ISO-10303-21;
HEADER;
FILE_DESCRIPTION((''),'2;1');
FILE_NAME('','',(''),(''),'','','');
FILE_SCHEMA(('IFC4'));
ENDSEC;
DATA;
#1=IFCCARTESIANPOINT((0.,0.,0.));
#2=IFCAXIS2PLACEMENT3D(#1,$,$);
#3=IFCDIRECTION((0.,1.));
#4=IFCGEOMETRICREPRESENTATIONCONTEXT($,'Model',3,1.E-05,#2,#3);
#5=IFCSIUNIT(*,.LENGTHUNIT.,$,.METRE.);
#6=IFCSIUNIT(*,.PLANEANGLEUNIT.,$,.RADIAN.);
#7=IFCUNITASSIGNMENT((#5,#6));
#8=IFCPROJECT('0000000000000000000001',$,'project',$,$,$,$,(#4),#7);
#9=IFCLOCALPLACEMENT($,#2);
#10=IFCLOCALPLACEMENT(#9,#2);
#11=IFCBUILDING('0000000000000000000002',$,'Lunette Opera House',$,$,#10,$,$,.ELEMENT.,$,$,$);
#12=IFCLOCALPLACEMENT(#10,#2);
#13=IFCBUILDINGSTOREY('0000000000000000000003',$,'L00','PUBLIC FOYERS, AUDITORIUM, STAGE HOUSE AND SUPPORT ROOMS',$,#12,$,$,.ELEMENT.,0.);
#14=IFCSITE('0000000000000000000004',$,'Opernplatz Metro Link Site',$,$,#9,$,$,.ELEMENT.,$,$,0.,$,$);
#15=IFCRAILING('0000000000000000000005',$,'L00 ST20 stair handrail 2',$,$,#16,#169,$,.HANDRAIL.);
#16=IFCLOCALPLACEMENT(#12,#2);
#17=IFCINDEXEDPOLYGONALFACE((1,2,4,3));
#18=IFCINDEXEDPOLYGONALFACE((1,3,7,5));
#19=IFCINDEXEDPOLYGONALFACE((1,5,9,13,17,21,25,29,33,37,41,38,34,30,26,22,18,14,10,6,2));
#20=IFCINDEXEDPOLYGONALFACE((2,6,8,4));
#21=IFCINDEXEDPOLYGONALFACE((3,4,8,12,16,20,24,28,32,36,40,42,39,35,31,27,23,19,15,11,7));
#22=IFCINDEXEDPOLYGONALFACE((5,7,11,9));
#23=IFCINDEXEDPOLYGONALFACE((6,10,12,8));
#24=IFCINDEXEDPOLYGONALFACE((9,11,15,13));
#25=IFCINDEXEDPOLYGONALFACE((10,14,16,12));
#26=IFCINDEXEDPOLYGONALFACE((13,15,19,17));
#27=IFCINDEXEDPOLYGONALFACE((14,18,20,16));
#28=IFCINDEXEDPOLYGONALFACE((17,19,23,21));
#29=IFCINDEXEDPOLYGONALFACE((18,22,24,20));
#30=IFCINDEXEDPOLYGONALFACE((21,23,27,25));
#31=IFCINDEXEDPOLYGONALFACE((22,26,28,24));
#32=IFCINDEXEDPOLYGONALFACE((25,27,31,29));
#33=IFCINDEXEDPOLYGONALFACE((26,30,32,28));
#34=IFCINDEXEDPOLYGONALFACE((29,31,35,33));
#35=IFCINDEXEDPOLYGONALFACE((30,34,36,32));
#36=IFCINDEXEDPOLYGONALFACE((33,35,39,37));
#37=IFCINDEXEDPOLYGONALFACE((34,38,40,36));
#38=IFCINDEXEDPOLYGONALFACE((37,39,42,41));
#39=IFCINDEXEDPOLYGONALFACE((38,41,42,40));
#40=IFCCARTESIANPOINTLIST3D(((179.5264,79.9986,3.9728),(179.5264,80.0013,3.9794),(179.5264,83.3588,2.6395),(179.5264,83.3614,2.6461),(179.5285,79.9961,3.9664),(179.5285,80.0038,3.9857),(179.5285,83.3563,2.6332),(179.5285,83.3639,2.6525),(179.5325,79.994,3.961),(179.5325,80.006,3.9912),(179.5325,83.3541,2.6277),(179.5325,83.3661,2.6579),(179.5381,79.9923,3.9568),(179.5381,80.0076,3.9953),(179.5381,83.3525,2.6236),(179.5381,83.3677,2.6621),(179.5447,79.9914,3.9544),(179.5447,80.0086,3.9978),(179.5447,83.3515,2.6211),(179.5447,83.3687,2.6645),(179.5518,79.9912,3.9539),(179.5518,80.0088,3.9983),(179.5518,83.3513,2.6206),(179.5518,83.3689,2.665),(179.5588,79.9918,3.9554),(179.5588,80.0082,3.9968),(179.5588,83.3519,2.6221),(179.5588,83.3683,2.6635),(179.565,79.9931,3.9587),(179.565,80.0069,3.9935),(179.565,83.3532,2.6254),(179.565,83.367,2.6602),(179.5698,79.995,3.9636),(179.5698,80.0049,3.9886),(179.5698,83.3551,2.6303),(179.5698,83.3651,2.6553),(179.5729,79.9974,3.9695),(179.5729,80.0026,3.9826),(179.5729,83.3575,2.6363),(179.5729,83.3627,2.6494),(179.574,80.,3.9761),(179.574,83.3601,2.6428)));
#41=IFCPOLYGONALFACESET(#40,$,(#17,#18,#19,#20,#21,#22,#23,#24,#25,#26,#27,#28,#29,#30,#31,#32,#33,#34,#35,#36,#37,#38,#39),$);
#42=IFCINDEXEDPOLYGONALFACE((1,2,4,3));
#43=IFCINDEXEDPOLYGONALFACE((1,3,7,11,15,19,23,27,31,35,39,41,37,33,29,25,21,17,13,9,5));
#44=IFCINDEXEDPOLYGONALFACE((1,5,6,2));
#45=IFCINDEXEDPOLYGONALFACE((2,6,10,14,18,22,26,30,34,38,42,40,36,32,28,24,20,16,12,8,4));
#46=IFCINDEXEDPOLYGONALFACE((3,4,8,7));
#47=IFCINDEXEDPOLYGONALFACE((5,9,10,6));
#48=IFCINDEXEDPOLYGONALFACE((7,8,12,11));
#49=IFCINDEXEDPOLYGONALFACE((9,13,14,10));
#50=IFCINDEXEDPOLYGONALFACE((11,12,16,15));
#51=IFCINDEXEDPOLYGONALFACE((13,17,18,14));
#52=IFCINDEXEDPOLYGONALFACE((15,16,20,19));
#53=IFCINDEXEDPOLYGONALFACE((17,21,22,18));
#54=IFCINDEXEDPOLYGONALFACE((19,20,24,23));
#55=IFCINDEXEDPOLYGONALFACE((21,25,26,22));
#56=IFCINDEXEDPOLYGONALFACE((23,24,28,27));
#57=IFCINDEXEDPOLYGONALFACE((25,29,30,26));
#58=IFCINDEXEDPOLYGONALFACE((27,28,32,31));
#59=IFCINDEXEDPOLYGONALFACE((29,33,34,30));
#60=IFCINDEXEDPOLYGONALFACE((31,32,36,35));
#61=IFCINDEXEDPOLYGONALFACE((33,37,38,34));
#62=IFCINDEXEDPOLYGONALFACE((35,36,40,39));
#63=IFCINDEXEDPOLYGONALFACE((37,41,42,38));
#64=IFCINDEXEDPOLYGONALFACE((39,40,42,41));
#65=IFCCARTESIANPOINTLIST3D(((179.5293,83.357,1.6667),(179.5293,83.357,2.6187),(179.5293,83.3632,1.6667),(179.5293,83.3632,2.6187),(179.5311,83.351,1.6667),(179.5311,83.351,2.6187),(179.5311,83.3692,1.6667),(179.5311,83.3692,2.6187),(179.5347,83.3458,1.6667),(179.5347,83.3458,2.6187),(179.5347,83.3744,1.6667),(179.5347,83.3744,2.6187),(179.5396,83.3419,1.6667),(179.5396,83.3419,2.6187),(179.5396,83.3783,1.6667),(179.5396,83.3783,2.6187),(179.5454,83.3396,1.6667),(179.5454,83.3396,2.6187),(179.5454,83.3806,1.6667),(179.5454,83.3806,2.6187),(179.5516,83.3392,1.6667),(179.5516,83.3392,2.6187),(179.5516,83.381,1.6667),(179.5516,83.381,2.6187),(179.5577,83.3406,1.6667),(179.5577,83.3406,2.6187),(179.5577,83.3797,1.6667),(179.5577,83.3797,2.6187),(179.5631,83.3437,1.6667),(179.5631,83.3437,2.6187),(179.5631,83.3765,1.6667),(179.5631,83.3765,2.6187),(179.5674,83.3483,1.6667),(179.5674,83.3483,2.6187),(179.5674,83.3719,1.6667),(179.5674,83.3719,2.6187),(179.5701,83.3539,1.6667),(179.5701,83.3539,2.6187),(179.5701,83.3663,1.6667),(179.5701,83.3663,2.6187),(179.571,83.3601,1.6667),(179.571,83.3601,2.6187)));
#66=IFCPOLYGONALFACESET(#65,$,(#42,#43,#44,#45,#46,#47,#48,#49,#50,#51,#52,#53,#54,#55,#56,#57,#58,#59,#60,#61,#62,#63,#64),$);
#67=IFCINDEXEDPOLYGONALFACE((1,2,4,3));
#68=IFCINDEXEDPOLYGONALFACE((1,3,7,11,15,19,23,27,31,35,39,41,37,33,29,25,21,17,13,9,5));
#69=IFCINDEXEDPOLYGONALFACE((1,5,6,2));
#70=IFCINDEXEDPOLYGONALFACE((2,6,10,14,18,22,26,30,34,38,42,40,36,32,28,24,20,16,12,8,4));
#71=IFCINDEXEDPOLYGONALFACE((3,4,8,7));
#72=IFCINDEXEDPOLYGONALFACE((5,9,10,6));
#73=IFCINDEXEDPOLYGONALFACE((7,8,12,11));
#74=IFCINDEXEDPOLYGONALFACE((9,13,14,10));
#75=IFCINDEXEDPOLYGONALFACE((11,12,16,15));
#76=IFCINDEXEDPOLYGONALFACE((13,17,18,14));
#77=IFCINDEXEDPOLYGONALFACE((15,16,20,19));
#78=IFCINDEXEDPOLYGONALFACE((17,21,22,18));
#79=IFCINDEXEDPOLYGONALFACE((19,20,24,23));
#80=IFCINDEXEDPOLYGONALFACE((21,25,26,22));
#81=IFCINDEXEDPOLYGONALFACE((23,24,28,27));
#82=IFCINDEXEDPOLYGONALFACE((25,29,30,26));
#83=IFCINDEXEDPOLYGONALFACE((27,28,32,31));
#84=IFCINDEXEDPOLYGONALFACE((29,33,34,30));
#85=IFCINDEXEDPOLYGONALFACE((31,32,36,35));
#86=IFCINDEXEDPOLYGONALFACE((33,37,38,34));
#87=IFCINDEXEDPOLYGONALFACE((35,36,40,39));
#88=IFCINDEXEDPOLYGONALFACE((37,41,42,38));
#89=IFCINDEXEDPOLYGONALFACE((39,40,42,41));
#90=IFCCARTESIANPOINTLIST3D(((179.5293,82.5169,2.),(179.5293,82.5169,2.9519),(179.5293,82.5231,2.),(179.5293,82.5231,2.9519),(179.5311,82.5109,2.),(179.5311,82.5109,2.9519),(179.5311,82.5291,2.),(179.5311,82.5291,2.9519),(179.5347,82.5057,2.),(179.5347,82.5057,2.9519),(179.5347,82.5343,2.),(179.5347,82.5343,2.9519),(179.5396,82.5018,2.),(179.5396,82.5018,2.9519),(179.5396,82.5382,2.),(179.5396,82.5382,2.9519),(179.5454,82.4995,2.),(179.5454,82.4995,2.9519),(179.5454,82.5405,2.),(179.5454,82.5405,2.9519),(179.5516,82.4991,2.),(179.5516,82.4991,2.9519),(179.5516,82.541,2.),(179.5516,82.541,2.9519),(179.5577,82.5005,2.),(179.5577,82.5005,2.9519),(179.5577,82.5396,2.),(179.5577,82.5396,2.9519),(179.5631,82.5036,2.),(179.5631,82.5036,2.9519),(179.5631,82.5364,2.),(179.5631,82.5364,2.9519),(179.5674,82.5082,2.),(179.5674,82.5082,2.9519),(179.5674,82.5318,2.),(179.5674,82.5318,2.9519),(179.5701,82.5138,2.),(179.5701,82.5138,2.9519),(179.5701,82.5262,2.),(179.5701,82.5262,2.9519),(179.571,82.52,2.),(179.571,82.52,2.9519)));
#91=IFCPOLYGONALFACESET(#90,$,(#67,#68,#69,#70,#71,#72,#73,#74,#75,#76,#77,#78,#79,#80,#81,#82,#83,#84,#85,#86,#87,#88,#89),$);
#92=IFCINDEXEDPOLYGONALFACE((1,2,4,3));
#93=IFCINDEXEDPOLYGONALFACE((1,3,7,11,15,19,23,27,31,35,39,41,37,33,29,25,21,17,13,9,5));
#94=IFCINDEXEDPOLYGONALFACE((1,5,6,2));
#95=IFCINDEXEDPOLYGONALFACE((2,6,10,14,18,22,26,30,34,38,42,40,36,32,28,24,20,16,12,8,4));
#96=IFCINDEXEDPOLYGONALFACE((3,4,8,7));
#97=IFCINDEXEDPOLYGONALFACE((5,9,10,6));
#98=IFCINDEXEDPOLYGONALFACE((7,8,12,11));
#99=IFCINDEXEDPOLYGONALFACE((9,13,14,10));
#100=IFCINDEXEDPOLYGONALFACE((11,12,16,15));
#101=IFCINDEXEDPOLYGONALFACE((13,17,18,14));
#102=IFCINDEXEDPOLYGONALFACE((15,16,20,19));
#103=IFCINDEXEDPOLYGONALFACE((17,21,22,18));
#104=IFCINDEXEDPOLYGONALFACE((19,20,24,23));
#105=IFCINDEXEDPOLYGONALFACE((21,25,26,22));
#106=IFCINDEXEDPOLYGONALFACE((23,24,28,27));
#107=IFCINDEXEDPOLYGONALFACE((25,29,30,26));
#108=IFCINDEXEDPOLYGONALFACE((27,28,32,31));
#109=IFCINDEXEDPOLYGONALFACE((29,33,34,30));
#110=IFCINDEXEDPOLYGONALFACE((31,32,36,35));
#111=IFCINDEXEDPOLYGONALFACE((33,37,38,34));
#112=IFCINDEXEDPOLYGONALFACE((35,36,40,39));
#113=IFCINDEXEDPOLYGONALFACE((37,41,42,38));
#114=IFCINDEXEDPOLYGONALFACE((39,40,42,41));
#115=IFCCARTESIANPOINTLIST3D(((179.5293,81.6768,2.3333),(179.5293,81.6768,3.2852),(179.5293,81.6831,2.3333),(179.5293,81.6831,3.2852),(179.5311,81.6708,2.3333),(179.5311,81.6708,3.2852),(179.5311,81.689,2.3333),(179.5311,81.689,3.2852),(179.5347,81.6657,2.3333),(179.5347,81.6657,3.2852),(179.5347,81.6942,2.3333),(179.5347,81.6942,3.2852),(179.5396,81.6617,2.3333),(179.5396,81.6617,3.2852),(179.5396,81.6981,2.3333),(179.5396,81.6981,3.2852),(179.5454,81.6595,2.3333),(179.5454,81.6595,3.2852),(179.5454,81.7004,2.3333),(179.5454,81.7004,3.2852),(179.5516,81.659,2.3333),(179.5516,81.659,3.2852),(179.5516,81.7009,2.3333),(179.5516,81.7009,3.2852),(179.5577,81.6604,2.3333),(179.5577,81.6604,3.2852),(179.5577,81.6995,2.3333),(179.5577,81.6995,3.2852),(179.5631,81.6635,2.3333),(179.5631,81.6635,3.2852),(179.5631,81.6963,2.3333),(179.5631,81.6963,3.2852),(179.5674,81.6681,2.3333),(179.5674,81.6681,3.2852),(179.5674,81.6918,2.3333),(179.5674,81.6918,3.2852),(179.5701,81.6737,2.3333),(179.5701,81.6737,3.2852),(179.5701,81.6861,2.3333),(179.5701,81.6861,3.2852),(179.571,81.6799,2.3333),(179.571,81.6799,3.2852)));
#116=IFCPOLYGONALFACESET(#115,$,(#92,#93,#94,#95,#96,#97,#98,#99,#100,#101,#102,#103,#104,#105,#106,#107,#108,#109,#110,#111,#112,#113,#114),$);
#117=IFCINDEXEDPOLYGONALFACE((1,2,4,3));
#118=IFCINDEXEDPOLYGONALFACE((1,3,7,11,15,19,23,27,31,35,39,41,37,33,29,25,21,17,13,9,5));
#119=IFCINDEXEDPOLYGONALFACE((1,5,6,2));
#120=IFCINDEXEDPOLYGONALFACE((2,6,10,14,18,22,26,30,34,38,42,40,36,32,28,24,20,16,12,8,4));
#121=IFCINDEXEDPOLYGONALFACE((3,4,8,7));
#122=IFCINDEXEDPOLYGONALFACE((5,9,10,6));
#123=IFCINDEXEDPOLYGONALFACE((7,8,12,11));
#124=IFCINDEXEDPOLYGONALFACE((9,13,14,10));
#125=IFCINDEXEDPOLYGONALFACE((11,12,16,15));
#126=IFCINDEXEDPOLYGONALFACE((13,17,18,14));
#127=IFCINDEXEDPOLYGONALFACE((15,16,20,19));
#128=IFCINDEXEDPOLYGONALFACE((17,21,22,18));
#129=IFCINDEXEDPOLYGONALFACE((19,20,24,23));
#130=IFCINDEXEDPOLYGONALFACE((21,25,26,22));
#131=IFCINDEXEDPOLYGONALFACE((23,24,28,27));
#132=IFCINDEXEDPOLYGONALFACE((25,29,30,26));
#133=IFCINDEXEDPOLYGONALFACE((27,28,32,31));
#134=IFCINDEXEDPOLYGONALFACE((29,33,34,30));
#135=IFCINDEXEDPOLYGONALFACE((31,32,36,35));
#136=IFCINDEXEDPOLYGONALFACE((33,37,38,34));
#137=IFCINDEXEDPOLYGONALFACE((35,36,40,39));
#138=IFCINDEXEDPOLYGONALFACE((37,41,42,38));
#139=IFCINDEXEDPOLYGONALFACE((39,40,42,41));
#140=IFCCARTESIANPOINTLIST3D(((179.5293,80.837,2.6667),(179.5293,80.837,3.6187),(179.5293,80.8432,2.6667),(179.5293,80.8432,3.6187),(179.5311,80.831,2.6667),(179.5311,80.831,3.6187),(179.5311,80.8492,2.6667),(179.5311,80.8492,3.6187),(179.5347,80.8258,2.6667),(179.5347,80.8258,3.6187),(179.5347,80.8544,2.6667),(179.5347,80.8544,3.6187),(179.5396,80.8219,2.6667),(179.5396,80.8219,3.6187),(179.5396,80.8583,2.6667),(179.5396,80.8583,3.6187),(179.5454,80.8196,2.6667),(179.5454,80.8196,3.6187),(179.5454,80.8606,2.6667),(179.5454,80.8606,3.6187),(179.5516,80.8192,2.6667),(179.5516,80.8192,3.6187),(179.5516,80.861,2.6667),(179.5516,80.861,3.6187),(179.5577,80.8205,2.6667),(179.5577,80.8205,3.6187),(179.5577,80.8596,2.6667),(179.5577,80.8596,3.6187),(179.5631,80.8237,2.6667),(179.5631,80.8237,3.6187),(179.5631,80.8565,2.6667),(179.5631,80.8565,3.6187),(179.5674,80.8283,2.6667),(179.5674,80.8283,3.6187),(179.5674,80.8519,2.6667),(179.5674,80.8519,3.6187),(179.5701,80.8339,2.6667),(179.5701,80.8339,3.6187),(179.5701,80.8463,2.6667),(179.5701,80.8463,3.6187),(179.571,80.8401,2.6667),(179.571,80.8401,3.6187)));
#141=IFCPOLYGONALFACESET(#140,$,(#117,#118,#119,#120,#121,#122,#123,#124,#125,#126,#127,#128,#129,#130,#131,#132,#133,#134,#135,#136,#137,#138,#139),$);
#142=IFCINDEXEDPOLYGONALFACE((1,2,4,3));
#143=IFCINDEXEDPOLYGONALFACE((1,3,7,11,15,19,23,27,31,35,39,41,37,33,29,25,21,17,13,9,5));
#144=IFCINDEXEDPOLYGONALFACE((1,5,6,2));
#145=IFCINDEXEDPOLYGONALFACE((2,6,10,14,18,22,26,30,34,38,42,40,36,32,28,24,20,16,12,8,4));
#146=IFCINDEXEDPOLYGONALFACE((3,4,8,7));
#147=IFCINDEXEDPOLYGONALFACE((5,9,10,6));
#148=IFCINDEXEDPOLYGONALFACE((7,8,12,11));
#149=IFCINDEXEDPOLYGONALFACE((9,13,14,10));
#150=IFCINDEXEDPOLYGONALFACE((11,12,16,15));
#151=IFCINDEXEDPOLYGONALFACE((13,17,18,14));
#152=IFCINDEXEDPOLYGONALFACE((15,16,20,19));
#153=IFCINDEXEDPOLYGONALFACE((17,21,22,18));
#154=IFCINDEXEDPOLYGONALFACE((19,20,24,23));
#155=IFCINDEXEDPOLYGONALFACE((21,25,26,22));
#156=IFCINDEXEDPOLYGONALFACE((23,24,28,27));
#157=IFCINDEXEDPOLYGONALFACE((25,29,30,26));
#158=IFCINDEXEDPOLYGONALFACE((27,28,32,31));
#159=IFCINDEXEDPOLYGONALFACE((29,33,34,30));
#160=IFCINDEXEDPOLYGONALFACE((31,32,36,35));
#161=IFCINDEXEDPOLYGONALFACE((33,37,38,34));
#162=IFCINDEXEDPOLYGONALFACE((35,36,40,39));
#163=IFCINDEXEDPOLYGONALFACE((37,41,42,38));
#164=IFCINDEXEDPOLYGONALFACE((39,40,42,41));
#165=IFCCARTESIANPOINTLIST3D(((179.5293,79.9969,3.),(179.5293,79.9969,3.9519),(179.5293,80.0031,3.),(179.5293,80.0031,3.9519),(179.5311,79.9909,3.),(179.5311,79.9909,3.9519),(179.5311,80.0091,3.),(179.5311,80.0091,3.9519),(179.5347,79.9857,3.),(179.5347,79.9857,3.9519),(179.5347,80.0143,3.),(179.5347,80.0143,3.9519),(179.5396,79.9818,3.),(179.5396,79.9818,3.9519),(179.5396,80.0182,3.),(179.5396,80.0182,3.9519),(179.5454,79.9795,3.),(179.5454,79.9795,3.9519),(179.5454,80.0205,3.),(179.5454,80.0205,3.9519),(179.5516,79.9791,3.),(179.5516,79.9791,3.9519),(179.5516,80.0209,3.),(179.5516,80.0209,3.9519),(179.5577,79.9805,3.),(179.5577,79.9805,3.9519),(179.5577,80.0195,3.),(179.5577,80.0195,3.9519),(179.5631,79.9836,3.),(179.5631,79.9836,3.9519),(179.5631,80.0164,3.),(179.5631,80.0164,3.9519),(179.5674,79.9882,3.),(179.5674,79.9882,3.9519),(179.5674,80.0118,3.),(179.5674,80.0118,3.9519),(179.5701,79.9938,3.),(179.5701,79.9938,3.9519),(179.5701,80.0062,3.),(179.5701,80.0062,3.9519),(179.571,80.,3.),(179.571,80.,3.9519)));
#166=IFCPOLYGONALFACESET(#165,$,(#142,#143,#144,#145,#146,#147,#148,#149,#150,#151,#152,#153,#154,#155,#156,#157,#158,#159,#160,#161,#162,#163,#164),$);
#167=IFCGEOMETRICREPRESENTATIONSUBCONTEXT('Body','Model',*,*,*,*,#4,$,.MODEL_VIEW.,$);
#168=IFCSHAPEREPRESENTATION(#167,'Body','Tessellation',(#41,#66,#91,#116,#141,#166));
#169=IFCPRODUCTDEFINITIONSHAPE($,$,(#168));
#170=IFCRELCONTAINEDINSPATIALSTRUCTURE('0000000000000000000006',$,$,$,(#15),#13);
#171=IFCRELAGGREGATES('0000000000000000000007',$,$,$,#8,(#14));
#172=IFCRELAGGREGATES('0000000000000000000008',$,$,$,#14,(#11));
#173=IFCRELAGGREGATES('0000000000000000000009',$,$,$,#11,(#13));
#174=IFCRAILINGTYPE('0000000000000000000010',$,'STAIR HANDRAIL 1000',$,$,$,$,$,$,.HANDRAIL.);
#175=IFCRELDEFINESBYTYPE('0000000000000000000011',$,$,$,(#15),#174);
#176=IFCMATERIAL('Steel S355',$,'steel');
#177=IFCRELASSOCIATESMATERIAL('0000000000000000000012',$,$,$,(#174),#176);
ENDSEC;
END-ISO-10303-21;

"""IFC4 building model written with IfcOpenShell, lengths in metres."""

from ifc_helpers import new_model, si_unit, direction, frame, origin, origin_2d, place, context, subcontext, project, spatial, circle, extrude, material, type_object, element, save


model = new_model("IFC4")

# Units and contexts
model_context = context("Model", 3, precision=1e-05, world=origin(), true_north=direction((0.0, 1.0)))
body_context = subcontext(model_context, "Body", "Model", "MODEL_VIEW")
ifc_project = project(units=[si_unit("LENGTHUNIT", "METRE"), si_unit("PLANEANGLEUNIT", "RADIAN")], contexts=[model_context])

# Site, building, storey
site_placement = place(None, origin())
site = spatial("IfcSite", under=ifc_project, at=site_placement, Name="Opernplatz Metro Link Site", CompositionType="ELEMENT", RefElevation=0.0)
building_placement = place(site_placement, origin())
building = spatial("IfcBuilding", under=site, at=building_placement, Name="Lunette Opera House", CompositionType="ELEMENT")
storey_placement = place(building_placement, origin())
storey = spatial("IfcBuildingStorey", under=building, at=storey_placement, Name="L00", Description="PUBLIC FOYERS, AUDITORIUM, STAGE HOUSE AND SUPPORT ROOMS", CompositionType="ELEMENT", Elevation=0.0)

# Railing
ifc_material_1 = material(Name="Steel S355", Category="steel")
railing_type_1 = type_object("IfcRailingType", Name="STAIR HANDRAIL 1000", PredefinedType="HANDRAIL", material=ifc_material_1)
railing_1_placement = place(storey_placement, frame((179.55, 83.3601, 1.6667)))
element("IfcRailing", 1, at=railing_1_placement, inside=storey, type_object=railing_type_1, Name="L00 ST20 stair handrail 2", PredefinedType="HANDRAIL", context=body_context, shape_type="SweptSolid", body=[
    extrude(circle(Radius=0.0239, at=origin_2d()), frame((0.0, 0.0, 0.9761), z_axis=(0.0, -0.929502, 0.368816), x_axis=(1.0, 0.0, 0.0)), (0.0, 0.0, 1.0), 3.615),
    extrude(circle(Radius=0.021, at=origin_2d()), origin(), (0.0, 0.0, 1.0), 0.9519),
    extrude(circle(Radius=0.021, at=origin_2d()), frame((0.0, -0.8401, 0.3333)), (0.0, 0.0, 1.0), 0.9519),
    extrude(circle(Radius=0.021, at=origin_2d()), frame((0.0, -1.6802, 0.6665)), (0.0, 0.0, 1.0), 0.9519),
    extrude(circle(Radius=0.021, at=origin_2d()), frame((0.0, -2.52, 1.0)), (0.0, 0.0, 1.0), 0.9519),
    extrude(circle(Radius=0.021, at=origin_2d()), frame((0.0, -3.3601, 1.3333)), (0.0, 0.0, 1.0), 0.9519),
])

save(model, "model.ifc")
